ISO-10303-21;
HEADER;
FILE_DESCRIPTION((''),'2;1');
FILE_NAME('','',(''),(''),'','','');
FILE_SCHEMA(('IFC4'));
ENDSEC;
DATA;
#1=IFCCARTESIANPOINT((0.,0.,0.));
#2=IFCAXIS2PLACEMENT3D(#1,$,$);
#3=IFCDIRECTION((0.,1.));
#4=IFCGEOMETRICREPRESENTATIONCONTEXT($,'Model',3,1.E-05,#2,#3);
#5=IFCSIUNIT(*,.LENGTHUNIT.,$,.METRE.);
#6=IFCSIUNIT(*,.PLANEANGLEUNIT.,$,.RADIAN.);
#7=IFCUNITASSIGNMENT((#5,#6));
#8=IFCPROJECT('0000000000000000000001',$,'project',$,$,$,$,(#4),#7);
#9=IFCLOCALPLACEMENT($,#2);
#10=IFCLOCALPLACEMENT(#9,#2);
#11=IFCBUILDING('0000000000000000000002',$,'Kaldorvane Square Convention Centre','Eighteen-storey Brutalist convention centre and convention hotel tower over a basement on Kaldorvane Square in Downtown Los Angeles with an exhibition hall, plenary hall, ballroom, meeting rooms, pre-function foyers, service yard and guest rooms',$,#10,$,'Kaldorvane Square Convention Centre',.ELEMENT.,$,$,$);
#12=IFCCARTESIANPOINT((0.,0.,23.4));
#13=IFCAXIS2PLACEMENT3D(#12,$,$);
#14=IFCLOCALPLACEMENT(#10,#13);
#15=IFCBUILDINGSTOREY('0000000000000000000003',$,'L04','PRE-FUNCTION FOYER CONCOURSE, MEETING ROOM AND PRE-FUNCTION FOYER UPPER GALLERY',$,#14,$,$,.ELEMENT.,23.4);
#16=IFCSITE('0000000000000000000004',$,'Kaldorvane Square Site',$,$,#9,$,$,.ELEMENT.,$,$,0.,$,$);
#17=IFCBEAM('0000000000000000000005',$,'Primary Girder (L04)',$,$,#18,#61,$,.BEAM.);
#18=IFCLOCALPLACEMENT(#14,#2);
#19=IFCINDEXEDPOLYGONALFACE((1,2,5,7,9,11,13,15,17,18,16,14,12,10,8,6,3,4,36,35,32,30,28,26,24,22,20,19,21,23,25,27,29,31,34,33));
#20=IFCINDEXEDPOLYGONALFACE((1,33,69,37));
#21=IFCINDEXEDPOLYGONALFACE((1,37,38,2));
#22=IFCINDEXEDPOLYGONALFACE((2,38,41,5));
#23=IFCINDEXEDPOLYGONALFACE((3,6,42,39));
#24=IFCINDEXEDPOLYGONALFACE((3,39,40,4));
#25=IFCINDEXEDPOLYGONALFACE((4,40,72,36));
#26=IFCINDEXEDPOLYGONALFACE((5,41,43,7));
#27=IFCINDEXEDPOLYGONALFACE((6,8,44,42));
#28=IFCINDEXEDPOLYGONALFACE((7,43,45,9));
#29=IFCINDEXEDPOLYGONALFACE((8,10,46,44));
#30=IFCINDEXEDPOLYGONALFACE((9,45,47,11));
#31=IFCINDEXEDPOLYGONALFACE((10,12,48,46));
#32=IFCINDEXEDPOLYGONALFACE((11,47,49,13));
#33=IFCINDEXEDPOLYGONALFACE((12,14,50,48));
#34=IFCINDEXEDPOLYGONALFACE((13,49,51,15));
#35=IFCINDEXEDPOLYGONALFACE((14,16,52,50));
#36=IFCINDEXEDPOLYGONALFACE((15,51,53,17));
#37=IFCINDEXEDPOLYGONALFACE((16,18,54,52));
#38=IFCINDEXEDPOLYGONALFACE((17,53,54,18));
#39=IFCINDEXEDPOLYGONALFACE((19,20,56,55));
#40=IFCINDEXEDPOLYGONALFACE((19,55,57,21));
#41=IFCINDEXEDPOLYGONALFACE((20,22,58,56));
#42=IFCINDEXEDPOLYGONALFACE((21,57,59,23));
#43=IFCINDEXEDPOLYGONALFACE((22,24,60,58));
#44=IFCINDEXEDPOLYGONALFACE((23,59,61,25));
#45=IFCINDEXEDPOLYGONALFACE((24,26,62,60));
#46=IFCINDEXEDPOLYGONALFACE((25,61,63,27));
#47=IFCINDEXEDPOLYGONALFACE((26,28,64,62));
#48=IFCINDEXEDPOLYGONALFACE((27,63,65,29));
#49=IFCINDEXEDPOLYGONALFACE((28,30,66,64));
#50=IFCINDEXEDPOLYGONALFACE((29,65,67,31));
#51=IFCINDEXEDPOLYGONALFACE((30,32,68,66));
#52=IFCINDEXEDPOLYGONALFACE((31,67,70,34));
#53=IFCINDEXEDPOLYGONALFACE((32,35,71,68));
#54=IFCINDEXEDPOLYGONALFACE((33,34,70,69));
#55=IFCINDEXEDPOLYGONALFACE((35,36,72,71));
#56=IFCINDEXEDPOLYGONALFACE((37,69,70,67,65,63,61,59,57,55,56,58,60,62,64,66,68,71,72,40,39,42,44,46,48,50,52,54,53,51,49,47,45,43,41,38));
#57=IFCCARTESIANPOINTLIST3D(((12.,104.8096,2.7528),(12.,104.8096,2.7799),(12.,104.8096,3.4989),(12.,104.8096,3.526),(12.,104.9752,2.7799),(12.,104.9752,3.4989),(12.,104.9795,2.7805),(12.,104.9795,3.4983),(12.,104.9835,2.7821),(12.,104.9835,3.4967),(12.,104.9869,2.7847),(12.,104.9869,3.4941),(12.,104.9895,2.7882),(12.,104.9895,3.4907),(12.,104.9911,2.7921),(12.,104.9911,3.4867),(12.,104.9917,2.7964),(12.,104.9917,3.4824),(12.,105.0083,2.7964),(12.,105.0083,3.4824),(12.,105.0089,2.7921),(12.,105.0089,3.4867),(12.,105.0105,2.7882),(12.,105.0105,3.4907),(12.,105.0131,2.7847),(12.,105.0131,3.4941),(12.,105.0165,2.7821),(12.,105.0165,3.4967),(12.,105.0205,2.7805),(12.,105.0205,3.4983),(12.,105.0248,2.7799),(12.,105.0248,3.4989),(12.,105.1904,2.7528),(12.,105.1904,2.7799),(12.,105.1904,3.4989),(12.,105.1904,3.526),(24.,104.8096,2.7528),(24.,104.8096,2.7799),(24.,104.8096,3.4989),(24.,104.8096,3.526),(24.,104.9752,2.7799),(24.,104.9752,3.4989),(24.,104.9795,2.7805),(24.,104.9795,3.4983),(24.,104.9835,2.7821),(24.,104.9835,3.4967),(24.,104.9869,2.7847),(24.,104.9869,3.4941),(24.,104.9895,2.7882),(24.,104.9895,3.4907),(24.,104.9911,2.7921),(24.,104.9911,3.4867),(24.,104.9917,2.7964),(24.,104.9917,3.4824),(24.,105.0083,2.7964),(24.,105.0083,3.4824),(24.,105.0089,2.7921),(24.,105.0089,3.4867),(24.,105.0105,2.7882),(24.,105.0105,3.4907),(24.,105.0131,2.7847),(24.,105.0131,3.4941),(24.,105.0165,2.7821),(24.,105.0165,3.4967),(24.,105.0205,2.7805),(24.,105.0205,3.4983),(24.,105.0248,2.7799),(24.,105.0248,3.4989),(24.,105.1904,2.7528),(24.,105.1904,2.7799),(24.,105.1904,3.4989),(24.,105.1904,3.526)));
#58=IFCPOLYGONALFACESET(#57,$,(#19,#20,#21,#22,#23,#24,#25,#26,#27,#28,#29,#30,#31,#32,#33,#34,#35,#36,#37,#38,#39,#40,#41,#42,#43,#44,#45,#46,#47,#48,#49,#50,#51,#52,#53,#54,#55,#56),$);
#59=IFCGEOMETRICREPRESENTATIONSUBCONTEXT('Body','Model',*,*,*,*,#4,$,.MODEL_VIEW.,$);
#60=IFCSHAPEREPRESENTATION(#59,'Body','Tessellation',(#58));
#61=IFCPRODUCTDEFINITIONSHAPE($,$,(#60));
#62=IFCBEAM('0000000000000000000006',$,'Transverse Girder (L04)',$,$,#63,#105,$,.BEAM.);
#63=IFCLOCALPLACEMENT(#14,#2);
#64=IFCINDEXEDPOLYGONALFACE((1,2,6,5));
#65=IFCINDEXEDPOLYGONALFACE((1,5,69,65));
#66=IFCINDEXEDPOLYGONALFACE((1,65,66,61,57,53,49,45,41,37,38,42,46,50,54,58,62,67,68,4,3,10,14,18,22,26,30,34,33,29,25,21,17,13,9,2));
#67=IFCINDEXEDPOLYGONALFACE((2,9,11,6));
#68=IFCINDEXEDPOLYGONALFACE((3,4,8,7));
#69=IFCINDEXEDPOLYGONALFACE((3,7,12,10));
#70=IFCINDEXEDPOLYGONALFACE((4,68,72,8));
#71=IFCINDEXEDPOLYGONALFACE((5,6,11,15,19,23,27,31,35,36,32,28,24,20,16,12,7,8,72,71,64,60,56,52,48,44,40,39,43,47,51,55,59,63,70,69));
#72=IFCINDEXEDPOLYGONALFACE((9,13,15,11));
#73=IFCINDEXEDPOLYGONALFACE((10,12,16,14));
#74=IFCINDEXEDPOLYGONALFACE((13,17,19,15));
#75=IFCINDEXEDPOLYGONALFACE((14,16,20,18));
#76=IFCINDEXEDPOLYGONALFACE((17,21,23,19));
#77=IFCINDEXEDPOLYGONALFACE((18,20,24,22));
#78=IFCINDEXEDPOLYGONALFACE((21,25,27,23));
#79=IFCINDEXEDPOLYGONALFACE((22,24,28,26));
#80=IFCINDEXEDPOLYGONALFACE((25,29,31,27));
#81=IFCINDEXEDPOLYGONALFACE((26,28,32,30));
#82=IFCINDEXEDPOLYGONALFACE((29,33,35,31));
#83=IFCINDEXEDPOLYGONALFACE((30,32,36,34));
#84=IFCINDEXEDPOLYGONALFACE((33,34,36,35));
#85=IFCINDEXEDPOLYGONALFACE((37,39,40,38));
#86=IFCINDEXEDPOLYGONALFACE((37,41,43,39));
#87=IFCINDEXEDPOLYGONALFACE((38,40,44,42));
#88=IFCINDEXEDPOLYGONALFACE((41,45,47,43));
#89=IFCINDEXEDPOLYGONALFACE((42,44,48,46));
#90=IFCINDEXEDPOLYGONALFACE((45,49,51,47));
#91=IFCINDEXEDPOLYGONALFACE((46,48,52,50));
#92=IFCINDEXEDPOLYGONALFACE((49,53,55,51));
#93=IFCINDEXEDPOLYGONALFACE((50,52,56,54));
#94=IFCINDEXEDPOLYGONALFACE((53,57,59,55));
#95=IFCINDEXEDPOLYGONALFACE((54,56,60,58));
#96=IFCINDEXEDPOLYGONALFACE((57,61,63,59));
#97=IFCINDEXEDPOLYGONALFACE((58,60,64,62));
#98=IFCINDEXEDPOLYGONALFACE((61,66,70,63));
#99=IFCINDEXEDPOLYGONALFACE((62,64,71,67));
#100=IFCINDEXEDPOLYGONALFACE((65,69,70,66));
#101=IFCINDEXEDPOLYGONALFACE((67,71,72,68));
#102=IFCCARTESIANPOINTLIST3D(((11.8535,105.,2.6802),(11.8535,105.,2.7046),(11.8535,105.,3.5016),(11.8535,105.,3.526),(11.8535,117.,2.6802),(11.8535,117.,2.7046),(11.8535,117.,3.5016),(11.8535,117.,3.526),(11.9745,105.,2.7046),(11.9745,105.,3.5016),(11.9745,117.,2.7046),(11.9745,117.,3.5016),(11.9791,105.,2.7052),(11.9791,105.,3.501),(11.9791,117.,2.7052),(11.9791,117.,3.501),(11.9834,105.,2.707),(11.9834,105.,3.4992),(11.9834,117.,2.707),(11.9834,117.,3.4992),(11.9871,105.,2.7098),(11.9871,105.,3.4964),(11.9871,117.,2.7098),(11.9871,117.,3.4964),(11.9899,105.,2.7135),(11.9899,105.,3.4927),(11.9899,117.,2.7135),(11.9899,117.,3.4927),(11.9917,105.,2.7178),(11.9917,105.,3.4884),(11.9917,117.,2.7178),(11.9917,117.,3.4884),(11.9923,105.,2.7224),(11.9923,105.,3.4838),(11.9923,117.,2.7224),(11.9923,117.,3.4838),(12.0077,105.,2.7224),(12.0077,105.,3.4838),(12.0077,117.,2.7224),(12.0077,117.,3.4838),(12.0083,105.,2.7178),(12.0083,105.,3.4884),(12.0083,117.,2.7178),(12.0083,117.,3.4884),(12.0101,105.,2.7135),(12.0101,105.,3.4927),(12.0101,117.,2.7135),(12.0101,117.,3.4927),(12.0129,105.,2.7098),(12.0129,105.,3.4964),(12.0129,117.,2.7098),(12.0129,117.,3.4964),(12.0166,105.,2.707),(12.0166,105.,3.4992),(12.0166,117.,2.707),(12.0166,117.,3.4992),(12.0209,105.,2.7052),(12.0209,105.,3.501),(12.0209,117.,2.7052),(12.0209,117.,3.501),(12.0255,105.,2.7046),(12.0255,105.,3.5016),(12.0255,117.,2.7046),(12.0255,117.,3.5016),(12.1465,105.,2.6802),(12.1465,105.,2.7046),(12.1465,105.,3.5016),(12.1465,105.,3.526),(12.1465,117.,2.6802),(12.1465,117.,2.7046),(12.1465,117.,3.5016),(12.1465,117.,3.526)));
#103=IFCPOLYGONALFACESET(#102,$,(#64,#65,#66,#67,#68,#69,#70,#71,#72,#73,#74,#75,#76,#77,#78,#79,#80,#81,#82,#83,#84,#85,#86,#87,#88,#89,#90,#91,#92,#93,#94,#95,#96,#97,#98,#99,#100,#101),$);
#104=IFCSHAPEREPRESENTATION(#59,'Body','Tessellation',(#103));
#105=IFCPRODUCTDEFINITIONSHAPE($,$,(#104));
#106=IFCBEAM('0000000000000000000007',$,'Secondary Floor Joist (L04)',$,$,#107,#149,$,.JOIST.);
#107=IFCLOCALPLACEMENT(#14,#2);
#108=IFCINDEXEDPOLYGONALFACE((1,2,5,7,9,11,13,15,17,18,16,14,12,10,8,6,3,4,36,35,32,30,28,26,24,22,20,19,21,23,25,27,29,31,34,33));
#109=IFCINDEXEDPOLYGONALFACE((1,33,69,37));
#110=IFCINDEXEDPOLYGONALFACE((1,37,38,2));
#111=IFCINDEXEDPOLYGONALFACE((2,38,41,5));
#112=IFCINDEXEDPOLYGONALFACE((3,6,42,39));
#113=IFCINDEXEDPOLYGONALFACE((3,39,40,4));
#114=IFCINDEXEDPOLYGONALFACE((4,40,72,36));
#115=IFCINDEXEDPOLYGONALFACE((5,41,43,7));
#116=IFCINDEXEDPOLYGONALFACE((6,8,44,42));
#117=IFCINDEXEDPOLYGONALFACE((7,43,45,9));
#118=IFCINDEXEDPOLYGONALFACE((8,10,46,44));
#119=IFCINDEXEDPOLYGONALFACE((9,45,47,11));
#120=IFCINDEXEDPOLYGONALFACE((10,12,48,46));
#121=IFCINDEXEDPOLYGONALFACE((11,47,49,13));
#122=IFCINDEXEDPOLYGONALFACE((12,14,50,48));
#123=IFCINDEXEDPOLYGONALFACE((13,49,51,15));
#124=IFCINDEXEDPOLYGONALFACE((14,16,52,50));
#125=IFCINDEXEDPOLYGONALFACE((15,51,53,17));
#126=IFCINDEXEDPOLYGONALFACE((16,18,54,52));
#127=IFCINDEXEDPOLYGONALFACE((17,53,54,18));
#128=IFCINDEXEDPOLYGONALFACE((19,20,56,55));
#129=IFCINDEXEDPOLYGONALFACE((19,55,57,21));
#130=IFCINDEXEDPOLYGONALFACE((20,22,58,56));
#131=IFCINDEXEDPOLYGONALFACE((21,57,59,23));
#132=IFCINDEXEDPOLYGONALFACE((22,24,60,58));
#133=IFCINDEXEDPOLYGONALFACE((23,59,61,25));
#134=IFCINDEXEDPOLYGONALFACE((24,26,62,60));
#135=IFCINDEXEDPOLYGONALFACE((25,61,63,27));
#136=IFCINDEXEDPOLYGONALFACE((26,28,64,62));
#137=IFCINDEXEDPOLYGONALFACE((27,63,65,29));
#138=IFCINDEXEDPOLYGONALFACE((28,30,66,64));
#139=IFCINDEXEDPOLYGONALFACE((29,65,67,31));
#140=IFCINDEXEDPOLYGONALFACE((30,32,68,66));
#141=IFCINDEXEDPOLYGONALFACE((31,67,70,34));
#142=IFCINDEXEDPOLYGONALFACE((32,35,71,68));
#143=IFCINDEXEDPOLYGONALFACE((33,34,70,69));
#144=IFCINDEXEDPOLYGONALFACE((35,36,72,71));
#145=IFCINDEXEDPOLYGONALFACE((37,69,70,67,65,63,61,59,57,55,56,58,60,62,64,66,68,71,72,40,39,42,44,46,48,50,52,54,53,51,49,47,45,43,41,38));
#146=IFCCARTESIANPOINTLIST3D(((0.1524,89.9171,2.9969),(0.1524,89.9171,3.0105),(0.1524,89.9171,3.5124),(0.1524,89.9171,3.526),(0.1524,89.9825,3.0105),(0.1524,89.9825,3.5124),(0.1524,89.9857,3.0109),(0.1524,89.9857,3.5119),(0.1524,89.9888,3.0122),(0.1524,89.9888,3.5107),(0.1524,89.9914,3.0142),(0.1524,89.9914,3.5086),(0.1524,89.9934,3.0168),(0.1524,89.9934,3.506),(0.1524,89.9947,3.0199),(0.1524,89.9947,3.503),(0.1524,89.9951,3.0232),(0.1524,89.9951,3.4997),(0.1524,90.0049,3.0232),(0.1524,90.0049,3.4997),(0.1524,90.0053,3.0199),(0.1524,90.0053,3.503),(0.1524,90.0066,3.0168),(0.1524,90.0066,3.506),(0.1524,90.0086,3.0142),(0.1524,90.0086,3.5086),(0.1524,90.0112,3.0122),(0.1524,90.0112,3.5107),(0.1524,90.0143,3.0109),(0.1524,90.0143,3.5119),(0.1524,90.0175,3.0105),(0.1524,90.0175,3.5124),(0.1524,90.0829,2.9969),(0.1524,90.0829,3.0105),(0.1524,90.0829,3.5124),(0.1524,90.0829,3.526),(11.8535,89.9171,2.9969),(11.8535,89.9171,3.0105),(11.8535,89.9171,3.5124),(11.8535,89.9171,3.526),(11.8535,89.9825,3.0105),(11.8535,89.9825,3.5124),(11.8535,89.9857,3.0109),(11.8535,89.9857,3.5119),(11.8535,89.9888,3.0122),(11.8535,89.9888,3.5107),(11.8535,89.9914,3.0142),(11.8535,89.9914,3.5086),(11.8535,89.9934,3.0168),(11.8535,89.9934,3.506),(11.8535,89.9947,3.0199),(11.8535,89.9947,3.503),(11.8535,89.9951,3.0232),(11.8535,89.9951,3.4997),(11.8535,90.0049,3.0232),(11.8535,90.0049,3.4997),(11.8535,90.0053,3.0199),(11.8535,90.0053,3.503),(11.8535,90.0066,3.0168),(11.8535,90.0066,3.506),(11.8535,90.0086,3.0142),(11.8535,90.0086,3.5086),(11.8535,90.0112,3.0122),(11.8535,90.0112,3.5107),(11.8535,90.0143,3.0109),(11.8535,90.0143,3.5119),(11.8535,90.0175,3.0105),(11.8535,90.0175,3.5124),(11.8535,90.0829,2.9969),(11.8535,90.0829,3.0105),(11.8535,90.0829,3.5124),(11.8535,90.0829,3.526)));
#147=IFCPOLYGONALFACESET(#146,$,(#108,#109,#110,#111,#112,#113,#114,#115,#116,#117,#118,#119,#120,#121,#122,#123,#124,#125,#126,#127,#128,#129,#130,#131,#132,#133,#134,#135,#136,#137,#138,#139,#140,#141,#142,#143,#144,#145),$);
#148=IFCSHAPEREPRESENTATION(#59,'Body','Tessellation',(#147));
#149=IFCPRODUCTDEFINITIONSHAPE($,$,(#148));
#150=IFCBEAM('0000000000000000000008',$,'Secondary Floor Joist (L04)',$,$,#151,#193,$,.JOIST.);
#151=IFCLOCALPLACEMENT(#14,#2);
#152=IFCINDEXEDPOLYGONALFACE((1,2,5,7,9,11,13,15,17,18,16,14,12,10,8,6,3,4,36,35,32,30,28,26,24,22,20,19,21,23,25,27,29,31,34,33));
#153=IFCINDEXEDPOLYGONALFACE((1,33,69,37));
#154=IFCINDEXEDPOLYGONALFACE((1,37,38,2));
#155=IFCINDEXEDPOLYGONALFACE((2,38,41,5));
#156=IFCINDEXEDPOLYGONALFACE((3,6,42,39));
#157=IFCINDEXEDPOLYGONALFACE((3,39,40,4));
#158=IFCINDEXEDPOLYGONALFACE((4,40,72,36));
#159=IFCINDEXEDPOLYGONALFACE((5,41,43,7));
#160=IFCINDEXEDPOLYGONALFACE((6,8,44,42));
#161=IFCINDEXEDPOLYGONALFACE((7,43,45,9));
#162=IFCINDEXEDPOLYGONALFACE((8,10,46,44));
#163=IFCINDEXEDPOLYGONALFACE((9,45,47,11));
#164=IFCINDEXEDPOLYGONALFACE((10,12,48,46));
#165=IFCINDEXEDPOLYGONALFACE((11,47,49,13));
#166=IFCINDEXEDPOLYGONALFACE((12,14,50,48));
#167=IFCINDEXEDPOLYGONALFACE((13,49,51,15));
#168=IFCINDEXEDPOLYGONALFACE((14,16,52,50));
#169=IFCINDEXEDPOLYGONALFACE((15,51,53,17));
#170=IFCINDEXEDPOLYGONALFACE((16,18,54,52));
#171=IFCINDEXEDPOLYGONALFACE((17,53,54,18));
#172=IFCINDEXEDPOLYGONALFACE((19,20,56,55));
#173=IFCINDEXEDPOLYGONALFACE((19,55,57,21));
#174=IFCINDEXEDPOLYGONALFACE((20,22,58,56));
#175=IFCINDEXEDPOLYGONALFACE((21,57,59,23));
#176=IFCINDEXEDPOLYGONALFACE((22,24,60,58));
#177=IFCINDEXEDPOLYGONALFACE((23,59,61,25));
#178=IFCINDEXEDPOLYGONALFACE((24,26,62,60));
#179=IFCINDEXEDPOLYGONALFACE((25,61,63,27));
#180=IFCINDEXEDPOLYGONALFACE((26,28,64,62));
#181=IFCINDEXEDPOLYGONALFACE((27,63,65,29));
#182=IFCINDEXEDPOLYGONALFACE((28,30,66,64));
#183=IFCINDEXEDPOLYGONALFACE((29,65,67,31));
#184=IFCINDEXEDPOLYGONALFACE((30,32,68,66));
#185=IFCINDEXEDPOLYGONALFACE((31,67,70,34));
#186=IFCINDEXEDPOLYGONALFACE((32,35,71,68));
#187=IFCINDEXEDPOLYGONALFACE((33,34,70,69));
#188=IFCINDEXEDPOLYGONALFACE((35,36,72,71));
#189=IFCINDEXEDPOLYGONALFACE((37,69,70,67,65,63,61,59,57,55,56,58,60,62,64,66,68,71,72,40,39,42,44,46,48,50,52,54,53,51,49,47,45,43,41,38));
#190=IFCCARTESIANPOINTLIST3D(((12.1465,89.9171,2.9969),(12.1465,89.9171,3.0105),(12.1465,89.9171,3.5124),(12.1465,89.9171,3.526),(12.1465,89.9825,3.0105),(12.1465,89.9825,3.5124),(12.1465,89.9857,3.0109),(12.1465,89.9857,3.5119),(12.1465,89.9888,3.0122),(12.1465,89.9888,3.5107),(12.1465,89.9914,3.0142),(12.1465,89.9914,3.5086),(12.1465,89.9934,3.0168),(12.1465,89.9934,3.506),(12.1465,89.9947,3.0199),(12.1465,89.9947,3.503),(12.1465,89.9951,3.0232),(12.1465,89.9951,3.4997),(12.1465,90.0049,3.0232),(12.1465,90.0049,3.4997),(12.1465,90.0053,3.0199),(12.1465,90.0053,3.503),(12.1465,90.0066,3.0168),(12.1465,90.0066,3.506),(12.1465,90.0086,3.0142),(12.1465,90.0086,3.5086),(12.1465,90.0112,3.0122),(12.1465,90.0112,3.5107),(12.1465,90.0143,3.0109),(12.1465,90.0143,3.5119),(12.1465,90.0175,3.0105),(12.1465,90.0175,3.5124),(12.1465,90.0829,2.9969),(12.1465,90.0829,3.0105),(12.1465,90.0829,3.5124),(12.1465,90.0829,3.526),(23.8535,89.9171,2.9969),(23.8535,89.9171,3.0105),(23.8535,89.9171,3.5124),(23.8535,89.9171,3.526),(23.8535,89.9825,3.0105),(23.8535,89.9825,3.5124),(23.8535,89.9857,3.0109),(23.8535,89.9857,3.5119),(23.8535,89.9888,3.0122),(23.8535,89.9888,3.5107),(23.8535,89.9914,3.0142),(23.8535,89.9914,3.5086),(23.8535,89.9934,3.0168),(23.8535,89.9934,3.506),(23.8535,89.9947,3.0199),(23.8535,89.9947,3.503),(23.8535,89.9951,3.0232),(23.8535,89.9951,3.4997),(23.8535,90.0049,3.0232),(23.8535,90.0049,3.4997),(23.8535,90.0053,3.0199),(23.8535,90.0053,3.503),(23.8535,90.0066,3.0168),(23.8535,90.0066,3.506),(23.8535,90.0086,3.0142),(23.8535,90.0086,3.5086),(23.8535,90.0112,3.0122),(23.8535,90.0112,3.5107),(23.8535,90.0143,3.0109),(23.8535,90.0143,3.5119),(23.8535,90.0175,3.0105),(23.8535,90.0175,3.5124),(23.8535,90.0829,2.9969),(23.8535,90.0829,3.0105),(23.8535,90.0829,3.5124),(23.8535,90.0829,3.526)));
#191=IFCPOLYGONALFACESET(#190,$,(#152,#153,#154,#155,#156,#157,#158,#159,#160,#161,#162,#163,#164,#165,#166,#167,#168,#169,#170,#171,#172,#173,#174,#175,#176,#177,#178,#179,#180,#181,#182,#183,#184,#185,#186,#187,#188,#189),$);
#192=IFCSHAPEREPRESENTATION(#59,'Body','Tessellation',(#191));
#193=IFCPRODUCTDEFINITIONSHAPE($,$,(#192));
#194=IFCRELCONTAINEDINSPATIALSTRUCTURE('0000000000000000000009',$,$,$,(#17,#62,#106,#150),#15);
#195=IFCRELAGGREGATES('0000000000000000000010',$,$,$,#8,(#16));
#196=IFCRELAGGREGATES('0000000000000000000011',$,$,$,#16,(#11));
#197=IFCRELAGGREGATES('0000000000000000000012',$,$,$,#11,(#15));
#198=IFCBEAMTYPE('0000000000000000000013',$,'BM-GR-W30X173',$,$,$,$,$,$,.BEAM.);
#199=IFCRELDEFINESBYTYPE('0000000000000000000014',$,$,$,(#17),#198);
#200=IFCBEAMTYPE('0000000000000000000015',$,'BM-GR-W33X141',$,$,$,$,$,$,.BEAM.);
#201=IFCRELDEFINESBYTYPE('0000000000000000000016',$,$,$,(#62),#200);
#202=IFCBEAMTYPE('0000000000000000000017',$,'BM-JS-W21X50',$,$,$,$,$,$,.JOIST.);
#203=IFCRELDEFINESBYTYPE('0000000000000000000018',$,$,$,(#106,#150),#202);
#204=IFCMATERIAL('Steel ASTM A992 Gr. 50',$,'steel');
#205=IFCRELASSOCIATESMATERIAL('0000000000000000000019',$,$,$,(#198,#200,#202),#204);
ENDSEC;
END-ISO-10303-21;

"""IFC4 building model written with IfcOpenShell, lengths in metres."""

from ifc_helpers import new_model, si_unit, direction, frame, origin, origin_2d, place, context, subcontext, project, spatial, i_section, extrude, material, material_profile, profile_set, type_object, element, save


model = new_model("IFC4")

# Units and contexts
model_context = context("Model", 3, precision=1e-05, world=origin(), true_north=direction((0.0, 1.0)))
body_context = subcontext(model_context, "Body", "Model", "MODEL_VIEW")
ifc_project = project(units=[si_unit("LENGTHUNIT", "METRE"), si_unit("PLANEANGLEUNIT", "RADIAN")], contexts=[model_context])

# Site, building, storey
site_placement = place(None, origin())
site = spatial("IfcSite", under=ifc_project, at=site_placement, Name="Kaldorvane Square Site", CompositionType="ELEMENT", RefElevation=0.0)
building_placement = place(site_placement, origin())
building = spatial("IfcBuilding", under=site, at=building_placement, Name="Kaldorvane Square Convention Centre", Description="Eighteen-storey Brutalist convention centre and convention hotel tower over a basement on Kaldorvane Square in Downtown Los Angeles with an exhibition hall, plenary hall, ballroom, meeting rooms, pre-function foyers, service yard and guest rooms", LongName="Kaldorvane Square Convention Centre", CompositionType="ELEMENT")
storey_placement = place(building_placement, frame((0.0, 0.0, 23.4)))
storey = spatial("IfcBuildingStorey", under=building, at=storey_placement, Name="L04", Description="PRE-FUNCTION FOYER CONCOURSE, MEETING ROOM AND PRE-FUNCTION FOYER UPPER GALLERY", CompositionType="ELEMENT", Elevation=23.4)

# Shared definitions
ifc_material_1 = material(Name="Steel ASTM A992 Gr. 50", Category="steel")

# Beams
ifc_material_profile_1 = material_profile(ifc_material_1, i_section(OverallWidth=0.3807, OverallDepth=0.7732, WebThickness=0.0166, FlangeThickness=0.0271, FilletRadius=0.0165, at=origin_2d()), Name="W30X173")
ifc_profile_set_1 = profile_set([ifc_material_profile_1], Name="Steel ASTM A992 Gr. 50")
beam_type_1 = type_object("IfcBeamType", Name="BM-GR-W30X173", PredefinedType="BEAM", material=ifc_profile_set_1)
for number, where, z_axis, x_axis, name in (
    (1, (12.0, 105.0, 3.1394), (1.0, 0.0, 0.0), (0.0, 1.0, 0.0), "Primary Girder (L04)"),
):
    element("IfcBeam", number, at=place(storey_placement, frame(where, z_axis=z_axis, x_axis=x_axis)), inside=storey, type_object=beam_type_1, Name=name, PredefinedType="BEAM", context=body_context, shape_type="SweptSolid", body=[
        extrude(i_section(OverallWidth=0.3807, OverallDepth=0.7732, WebThickness=0.0166, FlangeThickness=0.0271, FilletRadius=0.0165, at=origin_2d()), origin(), (0.0, 0.0, 1.0), 12.0),
    ])
ifc_material_profile_2 = material_profile(ifc_material_1, i_section(OverallWidth=0.293, OverallDepth=0.8458, WebThickness=0.0154, FlangeThickness=0.0244, FilletRadius=0.0178, at=origin_2d()), Name="W33X141")
ifc_profile_set_2 = profile_set([ifc_material_profile_2], Name="Steel ASTM A992 Gr. 50")
beam_type_2 = type_object("IfcBeamType", Name="BM-GR-W33X141", PredefinedType="BEAM", material=ifc_profile_set_2)
beam_1_placement = place(storey_placement, frame((12.0, 105.0, 3.1031), z_axis=(0.0, 1.0, 0.0), x_axis=(-1.0, 0.0, 0.0)))
element("IfcBeam", 2, at=beam_1_placement, inside=storey, type_object=beam_type_2, Name="Transverse Girder (L04)", PredefinedType="BEAM", context=body_context, shape_type="SweptSolid", body=[
    extrude(i_section(OverallWidth=0.293, OverallDepth=0.8458, WebThickness=0.0154, FlangeThickness=0.0244, FilletRadius=0.0178, at=origin_2d()), origin(), (0.0, 0.0, 1.0), 12.0),
])
ifc_material_profile_3 = material_profile(ifc_material_1, i_section(OverallWidth=0.1659, OverallDepth=0.5291, WebThickness=0.0097, FlangeThickness=0.0136, FilletRadius=0.0127, at=origin_2d()), Name="W21X50")
ifc_profile_set_3 = profile_set([ifc_material_profile_3], Name="Steel ASTM A992 Gr. 50")
beam_type_3 = type_object("IfcBeamType", Name="BM-JS-W21X50", PredefinedType="JOIST", material=ifc_profile_set_3)
beam_2_placement = place(storey_placement, frame((0.1524, 90.0, 3.2614), z_axis=(1.0, 0.0, 0.0), x_axis=(0.0, 1.0, 0.0)))
element("IfcBeam", 3, at=beam_2_placement, inside=storey, type_object=beam_type_3, Name="Secondary Floor Joist (L04)", PredefinedType="JOIST", context=body_context, shape_type="SweptSolid", body=[
    extrude(i_section(OverallWidth=0.1659, OverallDepth=0.5291, WebThickness=0.0097, FlangeThickness=0.0136, FilletRadius=0.0127, at=origin_2d()), origin(), (0.0, 0.0, 1.0), 11.7011),
])
beam_3_placement = place(storey_placement, frame((12.1465, 90.0, 3.2614), z_axis=(1.0, 0.0, 0.0), x_axis=(0.0, 1.0, 0.0)))
element("IfcBeam", 4, at=beam_3_placement, inside=storey, type_object=beam_type_3, Name="Secondary Floor Joist (L04)", PredefinedType="JOIST", context=body_context, shape_type="SweptSolid", body=[
    extrude(i_section(OverallWidth=0.1659, OverallDepth=0.5291, WebThickness=0.0097, FlangeThickness=0.0136, FilletRadius=0.0127, at=origin_2d()), origin(), (0.0, 0.0, 1.0), 11.707),
])

save(model, "model.ifc")
